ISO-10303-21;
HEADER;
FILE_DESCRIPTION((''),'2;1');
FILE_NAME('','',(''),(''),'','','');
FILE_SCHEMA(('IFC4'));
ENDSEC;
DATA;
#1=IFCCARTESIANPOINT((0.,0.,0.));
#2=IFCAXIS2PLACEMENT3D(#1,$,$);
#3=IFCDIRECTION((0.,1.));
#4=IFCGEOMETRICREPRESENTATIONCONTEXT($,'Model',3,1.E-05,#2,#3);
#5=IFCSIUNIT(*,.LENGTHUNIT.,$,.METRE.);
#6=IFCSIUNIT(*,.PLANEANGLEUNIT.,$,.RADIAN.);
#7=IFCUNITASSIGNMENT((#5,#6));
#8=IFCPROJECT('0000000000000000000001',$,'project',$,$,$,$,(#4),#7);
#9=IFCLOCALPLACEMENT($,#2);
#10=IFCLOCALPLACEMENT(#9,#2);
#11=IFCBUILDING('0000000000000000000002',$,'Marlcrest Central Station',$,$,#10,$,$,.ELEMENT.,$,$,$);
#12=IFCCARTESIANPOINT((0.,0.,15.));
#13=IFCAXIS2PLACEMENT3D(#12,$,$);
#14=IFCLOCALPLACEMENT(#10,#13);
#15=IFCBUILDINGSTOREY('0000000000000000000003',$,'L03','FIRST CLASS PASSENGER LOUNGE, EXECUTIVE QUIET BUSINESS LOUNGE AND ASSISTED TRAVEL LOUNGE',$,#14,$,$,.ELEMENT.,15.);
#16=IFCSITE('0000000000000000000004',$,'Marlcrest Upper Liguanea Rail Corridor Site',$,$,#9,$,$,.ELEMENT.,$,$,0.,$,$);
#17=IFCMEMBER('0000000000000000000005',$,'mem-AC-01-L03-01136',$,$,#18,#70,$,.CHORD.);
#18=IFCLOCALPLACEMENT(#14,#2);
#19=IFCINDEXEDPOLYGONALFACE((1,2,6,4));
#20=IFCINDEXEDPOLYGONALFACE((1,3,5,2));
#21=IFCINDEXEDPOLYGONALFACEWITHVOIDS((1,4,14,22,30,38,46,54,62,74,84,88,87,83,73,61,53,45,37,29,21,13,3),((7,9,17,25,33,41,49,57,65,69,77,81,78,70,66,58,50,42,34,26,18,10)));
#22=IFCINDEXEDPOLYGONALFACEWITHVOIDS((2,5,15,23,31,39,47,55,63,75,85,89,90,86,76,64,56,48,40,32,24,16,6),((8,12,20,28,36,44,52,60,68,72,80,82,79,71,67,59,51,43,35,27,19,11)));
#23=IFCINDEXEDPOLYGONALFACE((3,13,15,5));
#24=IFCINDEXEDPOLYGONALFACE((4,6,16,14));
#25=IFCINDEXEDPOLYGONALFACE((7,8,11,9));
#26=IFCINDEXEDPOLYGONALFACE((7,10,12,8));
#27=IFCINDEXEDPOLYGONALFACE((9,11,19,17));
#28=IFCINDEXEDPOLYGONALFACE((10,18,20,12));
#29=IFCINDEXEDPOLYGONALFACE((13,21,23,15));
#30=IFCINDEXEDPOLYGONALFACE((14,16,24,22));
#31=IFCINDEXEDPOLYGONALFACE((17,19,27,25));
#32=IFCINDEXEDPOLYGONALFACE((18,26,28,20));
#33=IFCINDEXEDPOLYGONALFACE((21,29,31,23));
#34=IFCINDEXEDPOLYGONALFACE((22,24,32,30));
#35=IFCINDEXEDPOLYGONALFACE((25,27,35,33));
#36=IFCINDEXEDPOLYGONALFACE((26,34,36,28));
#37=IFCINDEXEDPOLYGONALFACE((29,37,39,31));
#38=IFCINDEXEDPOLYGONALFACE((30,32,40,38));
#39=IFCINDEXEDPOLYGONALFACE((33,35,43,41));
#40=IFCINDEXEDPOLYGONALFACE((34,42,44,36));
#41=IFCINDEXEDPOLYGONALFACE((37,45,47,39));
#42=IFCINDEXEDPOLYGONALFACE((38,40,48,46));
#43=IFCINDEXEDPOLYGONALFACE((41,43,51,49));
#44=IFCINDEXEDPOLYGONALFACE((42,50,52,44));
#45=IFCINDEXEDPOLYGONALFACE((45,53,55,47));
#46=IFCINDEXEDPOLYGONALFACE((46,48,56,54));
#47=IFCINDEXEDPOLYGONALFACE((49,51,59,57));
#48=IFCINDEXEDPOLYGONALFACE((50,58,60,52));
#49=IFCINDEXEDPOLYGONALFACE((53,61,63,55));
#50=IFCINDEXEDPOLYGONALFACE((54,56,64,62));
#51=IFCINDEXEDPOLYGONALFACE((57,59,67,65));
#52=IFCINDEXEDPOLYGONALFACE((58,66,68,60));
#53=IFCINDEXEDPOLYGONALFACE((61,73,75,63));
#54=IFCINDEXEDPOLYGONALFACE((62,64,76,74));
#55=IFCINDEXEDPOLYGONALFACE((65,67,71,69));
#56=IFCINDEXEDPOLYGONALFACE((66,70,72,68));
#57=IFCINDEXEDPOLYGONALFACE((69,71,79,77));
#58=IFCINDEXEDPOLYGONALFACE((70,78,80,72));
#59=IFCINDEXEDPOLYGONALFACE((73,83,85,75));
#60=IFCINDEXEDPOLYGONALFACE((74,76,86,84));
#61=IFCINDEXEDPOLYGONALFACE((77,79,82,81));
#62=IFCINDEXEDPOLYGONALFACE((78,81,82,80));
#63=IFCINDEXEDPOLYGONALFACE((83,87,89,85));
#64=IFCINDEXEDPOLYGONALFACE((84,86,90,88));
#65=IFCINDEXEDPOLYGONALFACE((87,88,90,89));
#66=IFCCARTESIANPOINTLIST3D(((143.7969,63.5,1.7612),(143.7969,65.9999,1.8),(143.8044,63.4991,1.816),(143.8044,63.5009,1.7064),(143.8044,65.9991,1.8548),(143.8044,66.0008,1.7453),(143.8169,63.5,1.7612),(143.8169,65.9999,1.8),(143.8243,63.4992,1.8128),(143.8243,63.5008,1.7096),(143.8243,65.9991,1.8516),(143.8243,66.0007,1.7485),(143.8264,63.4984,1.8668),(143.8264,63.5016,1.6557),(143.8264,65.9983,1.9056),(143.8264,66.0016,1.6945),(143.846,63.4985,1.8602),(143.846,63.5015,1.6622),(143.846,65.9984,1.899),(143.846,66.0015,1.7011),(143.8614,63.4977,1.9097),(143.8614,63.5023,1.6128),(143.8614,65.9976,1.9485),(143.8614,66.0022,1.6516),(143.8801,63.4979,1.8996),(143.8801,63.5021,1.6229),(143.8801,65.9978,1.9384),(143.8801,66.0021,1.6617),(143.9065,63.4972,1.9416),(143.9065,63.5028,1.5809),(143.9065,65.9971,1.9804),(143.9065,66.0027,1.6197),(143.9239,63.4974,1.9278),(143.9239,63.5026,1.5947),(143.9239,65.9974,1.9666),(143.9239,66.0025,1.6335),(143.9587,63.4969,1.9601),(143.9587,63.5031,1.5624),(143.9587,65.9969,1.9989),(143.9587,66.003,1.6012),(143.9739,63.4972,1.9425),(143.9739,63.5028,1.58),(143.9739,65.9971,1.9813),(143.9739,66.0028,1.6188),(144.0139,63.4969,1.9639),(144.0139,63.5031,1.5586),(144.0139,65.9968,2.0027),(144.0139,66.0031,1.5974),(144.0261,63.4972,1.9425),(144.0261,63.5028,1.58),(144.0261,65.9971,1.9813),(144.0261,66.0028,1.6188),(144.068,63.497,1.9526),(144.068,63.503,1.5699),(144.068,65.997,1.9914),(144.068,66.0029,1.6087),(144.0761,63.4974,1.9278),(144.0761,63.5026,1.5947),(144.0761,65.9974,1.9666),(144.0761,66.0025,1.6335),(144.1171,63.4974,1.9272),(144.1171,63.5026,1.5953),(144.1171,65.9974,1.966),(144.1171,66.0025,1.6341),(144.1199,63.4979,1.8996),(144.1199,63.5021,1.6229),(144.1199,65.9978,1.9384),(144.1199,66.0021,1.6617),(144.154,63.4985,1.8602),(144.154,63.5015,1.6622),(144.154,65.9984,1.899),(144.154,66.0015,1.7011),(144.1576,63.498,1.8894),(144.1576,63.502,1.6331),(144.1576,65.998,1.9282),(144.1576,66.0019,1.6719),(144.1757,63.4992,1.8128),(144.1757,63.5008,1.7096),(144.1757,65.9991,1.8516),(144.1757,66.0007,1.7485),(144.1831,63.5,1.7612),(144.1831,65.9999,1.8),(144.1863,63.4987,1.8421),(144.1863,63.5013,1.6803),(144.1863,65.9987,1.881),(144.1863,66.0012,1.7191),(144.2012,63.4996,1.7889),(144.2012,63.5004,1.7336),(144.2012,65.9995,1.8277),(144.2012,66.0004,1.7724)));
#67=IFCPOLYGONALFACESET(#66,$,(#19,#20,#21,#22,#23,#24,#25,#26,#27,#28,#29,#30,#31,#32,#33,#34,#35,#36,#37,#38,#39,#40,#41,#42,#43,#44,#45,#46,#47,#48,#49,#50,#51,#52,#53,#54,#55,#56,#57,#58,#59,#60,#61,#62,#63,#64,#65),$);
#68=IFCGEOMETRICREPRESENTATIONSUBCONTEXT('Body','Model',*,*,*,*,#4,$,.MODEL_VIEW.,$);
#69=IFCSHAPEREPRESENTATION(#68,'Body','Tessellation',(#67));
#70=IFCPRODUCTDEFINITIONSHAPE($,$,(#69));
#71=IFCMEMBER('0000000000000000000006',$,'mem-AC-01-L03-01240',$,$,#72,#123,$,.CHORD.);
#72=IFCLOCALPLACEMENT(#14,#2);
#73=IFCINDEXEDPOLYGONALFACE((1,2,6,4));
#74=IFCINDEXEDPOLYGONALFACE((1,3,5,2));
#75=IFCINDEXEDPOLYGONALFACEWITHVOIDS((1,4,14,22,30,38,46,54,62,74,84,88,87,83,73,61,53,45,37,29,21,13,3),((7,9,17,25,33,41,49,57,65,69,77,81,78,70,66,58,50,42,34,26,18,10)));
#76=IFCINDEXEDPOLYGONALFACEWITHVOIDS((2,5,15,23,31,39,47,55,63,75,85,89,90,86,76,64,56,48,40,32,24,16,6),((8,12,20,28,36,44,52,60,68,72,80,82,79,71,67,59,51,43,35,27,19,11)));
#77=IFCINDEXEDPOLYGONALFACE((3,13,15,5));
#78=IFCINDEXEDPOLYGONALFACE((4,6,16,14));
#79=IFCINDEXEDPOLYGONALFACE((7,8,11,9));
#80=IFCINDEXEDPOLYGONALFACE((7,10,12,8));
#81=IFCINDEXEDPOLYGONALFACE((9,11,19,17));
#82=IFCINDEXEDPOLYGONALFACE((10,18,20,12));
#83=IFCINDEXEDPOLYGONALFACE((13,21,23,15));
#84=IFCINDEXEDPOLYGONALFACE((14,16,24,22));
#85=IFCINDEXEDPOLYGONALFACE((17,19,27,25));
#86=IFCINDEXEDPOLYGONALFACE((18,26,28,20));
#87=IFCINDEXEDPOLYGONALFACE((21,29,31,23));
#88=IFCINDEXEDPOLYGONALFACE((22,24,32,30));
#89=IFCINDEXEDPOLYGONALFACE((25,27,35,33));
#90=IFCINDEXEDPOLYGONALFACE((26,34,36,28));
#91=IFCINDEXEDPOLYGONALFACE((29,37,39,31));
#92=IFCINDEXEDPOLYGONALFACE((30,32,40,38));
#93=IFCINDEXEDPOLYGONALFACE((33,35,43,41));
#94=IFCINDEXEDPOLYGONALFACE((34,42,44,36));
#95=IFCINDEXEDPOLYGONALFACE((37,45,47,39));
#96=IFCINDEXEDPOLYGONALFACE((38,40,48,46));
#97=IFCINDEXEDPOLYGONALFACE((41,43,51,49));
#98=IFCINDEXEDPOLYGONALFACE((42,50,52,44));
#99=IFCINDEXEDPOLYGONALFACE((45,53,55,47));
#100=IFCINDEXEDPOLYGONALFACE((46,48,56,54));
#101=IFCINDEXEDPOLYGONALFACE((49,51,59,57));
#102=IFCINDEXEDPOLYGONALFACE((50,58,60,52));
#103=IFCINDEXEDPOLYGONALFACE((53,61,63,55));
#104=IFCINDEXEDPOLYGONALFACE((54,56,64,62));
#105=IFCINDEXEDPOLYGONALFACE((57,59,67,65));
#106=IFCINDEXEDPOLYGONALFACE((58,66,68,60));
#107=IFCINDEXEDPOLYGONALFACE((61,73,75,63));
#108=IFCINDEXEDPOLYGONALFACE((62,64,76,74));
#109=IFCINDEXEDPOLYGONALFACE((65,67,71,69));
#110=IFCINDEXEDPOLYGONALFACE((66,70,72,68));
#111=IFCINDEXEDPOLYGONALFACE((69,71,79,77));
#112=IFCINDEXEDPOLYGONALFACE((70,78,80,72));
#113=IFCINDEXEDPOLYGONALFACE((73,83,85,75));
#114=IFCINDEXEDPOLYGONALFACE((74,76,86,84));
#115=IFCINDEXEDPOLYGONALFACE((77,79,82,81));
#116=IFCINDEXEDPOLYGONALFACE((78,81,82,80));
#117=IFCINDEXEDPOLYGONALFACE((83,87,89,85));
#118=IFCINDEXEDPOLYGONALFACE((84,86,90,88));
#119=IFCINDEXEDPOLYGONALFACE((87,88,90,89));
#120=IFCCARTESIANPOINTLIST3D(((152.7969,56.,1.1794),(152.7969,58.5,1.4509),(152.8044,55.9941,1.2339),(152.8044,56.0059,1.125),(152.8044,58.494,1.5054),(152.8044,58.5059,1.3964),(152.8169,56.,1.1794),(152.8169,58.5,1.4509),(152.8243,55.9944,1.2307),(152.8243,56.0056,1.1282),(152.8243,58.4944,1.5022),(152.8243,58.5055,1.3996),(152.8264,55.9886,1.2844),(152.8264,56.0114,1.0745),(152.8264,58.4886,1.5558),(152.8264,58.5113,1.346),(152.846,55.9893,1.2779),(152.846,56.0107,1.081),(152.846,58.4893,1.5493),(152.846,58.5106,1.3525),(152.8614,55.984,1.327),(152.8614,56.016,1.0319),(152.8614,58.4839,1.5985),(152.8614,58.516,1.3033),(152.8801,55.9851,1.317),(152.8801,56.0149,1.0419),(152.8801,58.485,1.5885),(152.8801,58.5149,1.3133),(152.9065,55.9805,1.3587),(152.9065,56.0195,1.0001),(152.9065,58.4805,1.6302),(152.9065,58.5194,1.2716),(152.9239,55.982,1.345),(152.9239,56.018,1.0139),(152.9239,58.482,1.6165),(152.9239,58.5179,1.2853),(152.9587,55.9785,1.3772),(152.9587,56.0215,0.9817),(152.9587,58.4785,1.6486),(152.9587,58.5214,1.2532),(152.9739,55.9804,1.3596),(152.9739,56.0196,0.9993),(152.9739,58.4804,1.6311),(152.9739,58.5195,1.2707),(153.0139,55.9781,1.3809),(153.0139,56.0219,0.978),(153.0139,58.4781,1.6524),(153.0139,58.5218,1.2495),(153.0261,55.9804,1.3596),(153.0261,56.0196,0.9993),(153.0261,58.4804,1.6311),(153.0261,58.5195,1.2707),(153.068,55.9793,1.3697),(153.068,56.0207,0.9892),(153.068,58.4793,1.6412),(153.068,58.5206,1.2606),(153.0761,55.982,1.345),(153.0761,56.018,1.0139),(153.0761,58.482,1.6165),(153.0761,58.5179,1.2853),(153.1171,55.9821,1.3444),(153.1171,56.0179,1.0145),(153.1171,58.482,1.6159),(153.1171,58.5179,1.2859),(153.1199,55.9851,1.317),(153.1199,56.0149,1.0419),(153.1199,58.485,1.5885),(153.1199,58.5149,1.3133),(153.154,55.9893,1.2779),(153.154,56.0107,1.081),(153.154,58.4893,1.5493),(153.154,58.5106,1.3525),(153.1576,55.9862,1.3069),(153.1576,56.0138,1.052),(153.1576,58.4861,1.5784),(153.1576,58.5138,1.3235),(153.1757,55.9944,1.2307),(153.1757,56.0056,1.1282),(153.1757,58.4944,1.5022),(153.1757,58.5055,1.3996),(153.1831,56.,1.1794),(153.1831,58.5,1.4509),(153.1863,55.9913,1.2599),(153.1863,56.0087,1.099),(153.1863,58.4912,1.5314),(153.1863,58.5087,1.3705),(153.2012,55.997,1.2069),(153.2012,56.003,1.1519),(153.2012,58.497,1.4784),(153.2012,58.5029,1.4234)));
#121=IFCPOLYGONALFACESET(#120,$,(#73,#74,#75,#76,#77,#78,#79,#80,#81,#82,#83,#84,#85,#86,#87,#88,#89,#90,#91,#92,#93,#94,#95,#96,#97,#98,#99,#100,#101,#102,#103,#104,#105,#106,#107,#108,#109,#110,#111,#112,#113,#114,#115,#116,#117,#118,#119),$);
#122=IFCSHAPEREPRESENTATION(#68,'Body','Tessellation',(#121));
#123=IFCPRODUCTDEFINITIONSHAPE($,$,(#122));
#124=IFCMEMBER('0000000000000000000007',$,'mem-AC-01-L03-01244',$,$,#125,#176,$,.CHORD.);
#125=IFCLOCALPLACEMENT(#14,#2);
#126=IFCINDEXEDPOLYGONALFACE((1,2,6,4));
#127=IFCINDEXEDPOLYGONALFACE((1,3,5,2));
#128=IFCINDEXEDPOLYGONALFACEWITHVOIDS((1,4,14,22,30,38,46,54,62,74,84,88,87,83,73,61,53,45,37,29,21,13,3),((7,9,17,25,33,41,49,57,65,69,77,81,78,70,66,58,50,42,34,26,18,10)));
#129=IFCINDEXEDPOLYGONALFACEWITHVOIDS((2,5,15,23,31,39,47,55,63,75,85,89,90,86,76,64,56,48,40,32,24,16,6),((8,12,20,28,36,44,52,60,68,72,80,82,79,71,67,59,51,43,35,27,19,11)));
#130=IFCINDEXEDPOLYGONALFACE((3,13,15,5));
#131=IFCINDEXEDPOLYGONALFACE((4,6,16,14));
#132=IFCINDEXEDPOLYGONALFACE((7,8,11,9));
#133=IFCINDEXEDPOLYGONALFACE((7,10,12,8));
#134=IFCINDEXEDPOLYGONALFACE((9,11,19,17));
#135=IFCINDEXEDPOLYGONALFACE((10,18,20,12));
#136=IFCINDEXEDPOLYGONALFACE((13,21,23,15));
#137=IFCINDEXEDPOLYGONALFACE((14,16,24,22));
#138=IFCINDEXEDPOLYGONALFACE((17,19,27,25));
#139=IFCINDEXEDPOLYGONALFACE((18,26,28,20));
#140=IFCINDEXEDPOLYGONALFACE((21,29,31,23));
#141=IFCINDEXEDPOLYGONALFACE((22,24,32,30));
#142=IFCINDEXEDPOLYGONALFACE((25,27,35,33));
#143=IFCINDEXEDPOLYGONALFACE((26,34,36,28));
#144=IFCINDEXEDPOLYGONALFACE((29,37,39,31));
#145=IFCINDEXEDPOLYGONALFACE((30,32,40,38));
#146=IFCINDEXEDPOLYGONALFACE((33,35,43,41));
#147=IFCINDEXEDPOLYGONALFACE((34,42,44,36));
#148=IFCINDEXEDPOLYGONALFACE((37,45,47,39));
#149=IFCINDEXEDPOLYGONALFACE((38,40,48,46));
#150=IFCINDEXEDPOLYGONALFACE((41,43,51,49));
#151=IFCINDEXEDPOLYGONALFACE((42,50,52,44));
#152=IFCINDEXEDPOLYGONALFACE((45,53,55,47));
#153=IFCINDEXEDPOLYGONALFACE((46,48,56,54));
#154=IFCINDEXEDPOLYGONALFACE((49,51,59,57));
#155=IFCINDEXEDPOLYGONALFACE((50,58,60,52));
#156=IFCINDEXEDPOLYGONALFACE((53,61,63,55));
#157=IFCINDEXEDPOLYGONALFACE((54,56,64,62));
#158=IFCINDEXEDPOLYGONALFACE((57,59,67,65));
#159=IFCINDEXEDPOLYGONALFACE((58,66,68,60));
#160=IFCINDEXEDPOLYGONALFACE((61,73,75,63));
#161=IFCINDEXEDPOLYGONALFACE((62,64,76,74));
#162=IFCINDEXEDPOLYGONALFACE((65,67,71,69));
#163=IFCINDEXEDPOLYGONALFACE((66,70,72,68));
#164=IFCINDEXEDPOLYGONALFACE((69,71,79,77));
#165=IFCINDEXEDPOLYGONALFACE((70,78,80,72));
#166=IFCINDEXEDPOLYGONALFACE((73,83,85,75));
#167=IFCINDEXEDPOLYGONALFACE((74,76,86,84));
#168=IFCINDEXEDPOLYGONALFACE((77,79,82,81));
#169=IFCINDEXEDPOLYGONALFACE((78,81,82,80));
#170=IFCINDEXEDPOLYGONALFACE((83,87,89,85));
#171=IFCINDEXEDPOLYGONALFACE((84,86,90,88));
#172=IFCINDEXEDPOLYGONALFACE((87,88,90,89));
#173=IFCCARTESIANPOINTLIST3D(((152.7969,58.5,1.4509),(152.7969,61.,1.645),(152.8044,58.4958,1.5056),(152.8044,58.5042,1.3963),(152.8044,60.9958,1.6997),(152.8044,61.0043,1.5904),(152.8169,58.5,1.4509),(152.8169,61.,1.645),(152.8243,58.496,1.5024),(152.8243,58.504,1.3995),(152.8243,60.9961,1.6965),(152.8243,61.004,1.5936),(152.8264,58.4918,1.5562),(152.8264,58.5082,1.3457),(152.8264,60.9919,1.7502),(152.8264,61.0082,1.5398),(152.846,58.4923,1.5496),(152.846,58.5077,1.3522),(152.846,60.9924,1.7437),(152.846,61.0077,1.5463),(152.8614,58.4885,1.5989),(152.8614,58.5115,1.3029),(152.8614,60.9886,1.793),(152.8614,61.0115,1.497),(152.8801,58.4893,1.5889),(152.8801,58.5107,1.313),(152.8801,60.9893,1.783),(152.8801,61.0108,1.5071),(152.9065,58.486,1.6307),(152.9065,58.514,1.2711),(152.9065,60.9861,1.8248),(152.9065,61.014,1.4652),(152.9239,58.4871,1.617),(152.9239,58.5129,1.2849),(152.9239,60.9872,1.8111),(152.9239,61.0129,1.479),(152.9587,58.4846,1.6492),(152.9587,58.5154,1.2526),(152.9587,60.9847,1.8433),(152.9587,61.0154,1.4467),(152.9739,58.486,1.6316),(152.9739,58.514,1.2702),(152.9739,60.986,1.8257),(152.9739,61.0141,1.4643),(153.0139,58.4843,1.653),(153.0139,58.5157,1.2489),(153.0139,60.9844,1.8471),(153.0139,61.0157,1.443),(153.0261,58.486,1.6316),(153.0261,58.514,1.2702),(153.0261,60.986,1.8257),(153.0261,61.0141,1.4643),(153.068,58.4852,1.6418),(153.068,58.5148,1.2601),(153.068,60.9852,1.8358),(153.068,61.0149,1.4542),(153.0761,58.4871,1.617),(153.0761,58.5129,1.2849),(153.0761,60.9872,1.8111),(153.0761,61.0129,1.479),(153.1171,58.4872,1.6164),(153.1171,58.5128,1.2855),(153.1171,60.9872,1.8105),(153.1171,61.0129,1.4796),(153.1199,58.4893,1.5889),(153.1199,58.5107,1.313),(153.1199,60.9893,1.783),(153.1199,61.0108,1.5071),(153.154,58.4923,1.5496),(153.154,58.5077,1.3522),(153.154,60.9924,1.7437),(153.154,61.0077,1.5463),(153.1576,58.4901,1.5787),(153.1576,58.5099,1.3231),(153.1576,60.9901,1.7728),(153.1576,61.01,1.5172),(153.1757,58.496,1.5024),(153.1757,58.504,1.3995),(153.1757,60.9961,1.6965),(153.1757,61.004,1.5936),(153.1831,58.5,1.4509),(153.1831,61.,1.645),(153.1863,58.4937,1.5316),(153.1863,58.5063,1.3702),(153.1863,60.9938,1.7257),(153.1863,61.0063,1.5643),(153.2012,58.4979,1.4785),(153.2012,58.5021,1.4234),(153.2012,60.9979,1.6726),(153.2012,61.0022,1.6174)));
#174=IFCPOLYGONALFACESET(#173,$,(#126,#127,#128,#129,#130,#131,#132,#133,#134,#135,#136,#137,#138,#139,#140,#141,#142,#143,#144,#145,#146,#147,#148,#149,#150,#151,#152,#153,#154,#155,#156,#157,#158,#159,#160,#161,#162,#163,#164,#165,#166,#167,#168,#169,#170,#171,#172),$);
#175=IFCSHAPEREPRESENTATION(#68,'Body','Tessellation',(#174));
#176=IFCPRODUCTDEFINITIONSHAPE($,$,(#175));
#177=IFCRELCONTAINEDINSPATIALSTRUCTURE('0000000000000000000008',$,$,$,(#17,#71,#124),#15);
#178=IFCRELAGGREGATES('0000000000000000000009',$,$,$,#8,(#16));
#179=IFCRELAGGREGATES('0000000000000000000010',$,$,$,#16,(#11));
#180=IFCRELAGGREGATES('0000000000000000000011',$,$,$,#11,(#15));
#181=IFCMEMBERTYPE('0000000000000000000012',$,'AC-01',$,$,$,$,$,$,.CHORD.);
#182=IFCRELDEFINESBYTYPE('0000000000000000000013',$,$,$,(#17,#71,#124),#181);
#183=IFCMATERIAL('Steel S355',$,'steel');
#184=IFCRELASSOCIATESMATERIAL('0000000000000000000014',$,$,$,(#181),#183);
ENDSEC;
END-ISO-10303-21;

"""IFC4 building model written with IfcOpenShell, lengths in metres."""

from ifc_helpers import new_model, si_unit, direction, frame, origin, origin_2d, place, context, subcontext, project, spatial, hollow_circle, extrude, material, material_profile, profile_set, type_object, element, save


model = new_model("IFC4")

# Units and contexts
model_context = context("Model", 3, precision=1e-05, world=origin(), true_north=direction((0.0, 1.0)))
body_context = subcontext(model_context, "Body", "Model", "MODEL_VIEW")
ifc_project = project(units=[si_unit("LENGTHUNIT", "METRE"), si_unit("PLANEANGLEUNIT", "RADIAN")], contexts=[model_context])

# Site, building, storey
site_placement = place(None, origin())
site = spatial("IfcSite", under=ifc_project, at=site_placement, Name="Marlcrest Upper Liguanea Rail Corridor Site", CompositionType="ELEMENT", RefElevation=0.0)
building_placement = place(site_placement, origin())
building = spatial("IfcBuilding", under=site, at=building_placement, Name="Marlcrest Central Station", CompositionType="ELEMENT")
storey_placement = place(building_placement, frame((0.0, 0.0, 15.0)))
storey = spatial("IfcBuildingStorey", under=building, at=storey_placement, Name="L03", Description="FIRST CLASS PASSENGER LOUNGE, EXECUTIVE QUIET BUSINESS LOUNGE AND ASSISTED TRAVEL LOUNGE", CompositionType="ELEMENT", Elevation=15.0)

# Members
ifc_material_1 = material(Name="Steel S355", Category="steel")
ifc_material_profile_1 = material_profile(ifc_material_1, hollow_circle(Radius=0.2031, WallThickness=0.02, at=origin_2d()), Name="CHS 406.4x20")
ifc_profile_set_1 = profile_set([ifc_material_profile_1], Name="Steel S355")
member_type_1 = type_object("IfcMemberType", Name="AC-01", PredefinedType="CHORD", material=ifc_profile_set_1)
member_1_placement = place(storey_placement, frame((144.0, 63.5, 1.7612), z_axis=(0.0, 0.999879, 0.015525), x_axis=(-1.0, 0.0, 0.0)))
element("IfcMember", 1, at=member_1_placement, inside=storey, type_object=member_type_1, Name="mem-AC-01-L03-01136", PredefinedType="CHORD", context=body_context, shape_type="SweptSolid", body=[
    extrude(hollow_circle(Radius=0.2031, WallThickness=0.02, at=origin_2d()), origin(), (0.0, 0.0, 1.0), 2.5002),
])
member_2_placement = place(storey_placement, frame((153.0, 56.0, 1.1794), z_axis=(0.0, 0.994155, 0.107959), x_axis=(-1.0, 0.0, 0.0)))
element("IfcMember", 2, at=member_2_placement, inside=storey, type_object=member_type_1, Name="mem-AC-01-L03-01240", PredefinedType="CHORD", context=body_context, shape_type="SweptSolid", body=[
    extrude(hollow_circle(Radius=0.2031, WallThickness=0.02, at=origin_2d()), origin(), (0.0, 0.0, 1.0), 2.5146),
])
member_3_placement = place(storey_placement, frame((153.0, 58.5, 1.4509), z_axis=(0.0, 0.997, 0.077404), x_axis=(-1.0, 0.0, 0.0)))
element("IfcMember", 3, at=member_3_placement, inside=storey, type_object=member_type_1, Name="mem-AC-01-L03-01244", PredefinedType="CHORD", context=body_context, shape_type="SweptSolid", body=[
    extrude(hollow_circle(Radius=0.2031, WallThickness=0.02, at=origin_2d()), origin(), (0.0, 0.0, 1.0), 2.5076),
])

save(model, "model.ifc")
